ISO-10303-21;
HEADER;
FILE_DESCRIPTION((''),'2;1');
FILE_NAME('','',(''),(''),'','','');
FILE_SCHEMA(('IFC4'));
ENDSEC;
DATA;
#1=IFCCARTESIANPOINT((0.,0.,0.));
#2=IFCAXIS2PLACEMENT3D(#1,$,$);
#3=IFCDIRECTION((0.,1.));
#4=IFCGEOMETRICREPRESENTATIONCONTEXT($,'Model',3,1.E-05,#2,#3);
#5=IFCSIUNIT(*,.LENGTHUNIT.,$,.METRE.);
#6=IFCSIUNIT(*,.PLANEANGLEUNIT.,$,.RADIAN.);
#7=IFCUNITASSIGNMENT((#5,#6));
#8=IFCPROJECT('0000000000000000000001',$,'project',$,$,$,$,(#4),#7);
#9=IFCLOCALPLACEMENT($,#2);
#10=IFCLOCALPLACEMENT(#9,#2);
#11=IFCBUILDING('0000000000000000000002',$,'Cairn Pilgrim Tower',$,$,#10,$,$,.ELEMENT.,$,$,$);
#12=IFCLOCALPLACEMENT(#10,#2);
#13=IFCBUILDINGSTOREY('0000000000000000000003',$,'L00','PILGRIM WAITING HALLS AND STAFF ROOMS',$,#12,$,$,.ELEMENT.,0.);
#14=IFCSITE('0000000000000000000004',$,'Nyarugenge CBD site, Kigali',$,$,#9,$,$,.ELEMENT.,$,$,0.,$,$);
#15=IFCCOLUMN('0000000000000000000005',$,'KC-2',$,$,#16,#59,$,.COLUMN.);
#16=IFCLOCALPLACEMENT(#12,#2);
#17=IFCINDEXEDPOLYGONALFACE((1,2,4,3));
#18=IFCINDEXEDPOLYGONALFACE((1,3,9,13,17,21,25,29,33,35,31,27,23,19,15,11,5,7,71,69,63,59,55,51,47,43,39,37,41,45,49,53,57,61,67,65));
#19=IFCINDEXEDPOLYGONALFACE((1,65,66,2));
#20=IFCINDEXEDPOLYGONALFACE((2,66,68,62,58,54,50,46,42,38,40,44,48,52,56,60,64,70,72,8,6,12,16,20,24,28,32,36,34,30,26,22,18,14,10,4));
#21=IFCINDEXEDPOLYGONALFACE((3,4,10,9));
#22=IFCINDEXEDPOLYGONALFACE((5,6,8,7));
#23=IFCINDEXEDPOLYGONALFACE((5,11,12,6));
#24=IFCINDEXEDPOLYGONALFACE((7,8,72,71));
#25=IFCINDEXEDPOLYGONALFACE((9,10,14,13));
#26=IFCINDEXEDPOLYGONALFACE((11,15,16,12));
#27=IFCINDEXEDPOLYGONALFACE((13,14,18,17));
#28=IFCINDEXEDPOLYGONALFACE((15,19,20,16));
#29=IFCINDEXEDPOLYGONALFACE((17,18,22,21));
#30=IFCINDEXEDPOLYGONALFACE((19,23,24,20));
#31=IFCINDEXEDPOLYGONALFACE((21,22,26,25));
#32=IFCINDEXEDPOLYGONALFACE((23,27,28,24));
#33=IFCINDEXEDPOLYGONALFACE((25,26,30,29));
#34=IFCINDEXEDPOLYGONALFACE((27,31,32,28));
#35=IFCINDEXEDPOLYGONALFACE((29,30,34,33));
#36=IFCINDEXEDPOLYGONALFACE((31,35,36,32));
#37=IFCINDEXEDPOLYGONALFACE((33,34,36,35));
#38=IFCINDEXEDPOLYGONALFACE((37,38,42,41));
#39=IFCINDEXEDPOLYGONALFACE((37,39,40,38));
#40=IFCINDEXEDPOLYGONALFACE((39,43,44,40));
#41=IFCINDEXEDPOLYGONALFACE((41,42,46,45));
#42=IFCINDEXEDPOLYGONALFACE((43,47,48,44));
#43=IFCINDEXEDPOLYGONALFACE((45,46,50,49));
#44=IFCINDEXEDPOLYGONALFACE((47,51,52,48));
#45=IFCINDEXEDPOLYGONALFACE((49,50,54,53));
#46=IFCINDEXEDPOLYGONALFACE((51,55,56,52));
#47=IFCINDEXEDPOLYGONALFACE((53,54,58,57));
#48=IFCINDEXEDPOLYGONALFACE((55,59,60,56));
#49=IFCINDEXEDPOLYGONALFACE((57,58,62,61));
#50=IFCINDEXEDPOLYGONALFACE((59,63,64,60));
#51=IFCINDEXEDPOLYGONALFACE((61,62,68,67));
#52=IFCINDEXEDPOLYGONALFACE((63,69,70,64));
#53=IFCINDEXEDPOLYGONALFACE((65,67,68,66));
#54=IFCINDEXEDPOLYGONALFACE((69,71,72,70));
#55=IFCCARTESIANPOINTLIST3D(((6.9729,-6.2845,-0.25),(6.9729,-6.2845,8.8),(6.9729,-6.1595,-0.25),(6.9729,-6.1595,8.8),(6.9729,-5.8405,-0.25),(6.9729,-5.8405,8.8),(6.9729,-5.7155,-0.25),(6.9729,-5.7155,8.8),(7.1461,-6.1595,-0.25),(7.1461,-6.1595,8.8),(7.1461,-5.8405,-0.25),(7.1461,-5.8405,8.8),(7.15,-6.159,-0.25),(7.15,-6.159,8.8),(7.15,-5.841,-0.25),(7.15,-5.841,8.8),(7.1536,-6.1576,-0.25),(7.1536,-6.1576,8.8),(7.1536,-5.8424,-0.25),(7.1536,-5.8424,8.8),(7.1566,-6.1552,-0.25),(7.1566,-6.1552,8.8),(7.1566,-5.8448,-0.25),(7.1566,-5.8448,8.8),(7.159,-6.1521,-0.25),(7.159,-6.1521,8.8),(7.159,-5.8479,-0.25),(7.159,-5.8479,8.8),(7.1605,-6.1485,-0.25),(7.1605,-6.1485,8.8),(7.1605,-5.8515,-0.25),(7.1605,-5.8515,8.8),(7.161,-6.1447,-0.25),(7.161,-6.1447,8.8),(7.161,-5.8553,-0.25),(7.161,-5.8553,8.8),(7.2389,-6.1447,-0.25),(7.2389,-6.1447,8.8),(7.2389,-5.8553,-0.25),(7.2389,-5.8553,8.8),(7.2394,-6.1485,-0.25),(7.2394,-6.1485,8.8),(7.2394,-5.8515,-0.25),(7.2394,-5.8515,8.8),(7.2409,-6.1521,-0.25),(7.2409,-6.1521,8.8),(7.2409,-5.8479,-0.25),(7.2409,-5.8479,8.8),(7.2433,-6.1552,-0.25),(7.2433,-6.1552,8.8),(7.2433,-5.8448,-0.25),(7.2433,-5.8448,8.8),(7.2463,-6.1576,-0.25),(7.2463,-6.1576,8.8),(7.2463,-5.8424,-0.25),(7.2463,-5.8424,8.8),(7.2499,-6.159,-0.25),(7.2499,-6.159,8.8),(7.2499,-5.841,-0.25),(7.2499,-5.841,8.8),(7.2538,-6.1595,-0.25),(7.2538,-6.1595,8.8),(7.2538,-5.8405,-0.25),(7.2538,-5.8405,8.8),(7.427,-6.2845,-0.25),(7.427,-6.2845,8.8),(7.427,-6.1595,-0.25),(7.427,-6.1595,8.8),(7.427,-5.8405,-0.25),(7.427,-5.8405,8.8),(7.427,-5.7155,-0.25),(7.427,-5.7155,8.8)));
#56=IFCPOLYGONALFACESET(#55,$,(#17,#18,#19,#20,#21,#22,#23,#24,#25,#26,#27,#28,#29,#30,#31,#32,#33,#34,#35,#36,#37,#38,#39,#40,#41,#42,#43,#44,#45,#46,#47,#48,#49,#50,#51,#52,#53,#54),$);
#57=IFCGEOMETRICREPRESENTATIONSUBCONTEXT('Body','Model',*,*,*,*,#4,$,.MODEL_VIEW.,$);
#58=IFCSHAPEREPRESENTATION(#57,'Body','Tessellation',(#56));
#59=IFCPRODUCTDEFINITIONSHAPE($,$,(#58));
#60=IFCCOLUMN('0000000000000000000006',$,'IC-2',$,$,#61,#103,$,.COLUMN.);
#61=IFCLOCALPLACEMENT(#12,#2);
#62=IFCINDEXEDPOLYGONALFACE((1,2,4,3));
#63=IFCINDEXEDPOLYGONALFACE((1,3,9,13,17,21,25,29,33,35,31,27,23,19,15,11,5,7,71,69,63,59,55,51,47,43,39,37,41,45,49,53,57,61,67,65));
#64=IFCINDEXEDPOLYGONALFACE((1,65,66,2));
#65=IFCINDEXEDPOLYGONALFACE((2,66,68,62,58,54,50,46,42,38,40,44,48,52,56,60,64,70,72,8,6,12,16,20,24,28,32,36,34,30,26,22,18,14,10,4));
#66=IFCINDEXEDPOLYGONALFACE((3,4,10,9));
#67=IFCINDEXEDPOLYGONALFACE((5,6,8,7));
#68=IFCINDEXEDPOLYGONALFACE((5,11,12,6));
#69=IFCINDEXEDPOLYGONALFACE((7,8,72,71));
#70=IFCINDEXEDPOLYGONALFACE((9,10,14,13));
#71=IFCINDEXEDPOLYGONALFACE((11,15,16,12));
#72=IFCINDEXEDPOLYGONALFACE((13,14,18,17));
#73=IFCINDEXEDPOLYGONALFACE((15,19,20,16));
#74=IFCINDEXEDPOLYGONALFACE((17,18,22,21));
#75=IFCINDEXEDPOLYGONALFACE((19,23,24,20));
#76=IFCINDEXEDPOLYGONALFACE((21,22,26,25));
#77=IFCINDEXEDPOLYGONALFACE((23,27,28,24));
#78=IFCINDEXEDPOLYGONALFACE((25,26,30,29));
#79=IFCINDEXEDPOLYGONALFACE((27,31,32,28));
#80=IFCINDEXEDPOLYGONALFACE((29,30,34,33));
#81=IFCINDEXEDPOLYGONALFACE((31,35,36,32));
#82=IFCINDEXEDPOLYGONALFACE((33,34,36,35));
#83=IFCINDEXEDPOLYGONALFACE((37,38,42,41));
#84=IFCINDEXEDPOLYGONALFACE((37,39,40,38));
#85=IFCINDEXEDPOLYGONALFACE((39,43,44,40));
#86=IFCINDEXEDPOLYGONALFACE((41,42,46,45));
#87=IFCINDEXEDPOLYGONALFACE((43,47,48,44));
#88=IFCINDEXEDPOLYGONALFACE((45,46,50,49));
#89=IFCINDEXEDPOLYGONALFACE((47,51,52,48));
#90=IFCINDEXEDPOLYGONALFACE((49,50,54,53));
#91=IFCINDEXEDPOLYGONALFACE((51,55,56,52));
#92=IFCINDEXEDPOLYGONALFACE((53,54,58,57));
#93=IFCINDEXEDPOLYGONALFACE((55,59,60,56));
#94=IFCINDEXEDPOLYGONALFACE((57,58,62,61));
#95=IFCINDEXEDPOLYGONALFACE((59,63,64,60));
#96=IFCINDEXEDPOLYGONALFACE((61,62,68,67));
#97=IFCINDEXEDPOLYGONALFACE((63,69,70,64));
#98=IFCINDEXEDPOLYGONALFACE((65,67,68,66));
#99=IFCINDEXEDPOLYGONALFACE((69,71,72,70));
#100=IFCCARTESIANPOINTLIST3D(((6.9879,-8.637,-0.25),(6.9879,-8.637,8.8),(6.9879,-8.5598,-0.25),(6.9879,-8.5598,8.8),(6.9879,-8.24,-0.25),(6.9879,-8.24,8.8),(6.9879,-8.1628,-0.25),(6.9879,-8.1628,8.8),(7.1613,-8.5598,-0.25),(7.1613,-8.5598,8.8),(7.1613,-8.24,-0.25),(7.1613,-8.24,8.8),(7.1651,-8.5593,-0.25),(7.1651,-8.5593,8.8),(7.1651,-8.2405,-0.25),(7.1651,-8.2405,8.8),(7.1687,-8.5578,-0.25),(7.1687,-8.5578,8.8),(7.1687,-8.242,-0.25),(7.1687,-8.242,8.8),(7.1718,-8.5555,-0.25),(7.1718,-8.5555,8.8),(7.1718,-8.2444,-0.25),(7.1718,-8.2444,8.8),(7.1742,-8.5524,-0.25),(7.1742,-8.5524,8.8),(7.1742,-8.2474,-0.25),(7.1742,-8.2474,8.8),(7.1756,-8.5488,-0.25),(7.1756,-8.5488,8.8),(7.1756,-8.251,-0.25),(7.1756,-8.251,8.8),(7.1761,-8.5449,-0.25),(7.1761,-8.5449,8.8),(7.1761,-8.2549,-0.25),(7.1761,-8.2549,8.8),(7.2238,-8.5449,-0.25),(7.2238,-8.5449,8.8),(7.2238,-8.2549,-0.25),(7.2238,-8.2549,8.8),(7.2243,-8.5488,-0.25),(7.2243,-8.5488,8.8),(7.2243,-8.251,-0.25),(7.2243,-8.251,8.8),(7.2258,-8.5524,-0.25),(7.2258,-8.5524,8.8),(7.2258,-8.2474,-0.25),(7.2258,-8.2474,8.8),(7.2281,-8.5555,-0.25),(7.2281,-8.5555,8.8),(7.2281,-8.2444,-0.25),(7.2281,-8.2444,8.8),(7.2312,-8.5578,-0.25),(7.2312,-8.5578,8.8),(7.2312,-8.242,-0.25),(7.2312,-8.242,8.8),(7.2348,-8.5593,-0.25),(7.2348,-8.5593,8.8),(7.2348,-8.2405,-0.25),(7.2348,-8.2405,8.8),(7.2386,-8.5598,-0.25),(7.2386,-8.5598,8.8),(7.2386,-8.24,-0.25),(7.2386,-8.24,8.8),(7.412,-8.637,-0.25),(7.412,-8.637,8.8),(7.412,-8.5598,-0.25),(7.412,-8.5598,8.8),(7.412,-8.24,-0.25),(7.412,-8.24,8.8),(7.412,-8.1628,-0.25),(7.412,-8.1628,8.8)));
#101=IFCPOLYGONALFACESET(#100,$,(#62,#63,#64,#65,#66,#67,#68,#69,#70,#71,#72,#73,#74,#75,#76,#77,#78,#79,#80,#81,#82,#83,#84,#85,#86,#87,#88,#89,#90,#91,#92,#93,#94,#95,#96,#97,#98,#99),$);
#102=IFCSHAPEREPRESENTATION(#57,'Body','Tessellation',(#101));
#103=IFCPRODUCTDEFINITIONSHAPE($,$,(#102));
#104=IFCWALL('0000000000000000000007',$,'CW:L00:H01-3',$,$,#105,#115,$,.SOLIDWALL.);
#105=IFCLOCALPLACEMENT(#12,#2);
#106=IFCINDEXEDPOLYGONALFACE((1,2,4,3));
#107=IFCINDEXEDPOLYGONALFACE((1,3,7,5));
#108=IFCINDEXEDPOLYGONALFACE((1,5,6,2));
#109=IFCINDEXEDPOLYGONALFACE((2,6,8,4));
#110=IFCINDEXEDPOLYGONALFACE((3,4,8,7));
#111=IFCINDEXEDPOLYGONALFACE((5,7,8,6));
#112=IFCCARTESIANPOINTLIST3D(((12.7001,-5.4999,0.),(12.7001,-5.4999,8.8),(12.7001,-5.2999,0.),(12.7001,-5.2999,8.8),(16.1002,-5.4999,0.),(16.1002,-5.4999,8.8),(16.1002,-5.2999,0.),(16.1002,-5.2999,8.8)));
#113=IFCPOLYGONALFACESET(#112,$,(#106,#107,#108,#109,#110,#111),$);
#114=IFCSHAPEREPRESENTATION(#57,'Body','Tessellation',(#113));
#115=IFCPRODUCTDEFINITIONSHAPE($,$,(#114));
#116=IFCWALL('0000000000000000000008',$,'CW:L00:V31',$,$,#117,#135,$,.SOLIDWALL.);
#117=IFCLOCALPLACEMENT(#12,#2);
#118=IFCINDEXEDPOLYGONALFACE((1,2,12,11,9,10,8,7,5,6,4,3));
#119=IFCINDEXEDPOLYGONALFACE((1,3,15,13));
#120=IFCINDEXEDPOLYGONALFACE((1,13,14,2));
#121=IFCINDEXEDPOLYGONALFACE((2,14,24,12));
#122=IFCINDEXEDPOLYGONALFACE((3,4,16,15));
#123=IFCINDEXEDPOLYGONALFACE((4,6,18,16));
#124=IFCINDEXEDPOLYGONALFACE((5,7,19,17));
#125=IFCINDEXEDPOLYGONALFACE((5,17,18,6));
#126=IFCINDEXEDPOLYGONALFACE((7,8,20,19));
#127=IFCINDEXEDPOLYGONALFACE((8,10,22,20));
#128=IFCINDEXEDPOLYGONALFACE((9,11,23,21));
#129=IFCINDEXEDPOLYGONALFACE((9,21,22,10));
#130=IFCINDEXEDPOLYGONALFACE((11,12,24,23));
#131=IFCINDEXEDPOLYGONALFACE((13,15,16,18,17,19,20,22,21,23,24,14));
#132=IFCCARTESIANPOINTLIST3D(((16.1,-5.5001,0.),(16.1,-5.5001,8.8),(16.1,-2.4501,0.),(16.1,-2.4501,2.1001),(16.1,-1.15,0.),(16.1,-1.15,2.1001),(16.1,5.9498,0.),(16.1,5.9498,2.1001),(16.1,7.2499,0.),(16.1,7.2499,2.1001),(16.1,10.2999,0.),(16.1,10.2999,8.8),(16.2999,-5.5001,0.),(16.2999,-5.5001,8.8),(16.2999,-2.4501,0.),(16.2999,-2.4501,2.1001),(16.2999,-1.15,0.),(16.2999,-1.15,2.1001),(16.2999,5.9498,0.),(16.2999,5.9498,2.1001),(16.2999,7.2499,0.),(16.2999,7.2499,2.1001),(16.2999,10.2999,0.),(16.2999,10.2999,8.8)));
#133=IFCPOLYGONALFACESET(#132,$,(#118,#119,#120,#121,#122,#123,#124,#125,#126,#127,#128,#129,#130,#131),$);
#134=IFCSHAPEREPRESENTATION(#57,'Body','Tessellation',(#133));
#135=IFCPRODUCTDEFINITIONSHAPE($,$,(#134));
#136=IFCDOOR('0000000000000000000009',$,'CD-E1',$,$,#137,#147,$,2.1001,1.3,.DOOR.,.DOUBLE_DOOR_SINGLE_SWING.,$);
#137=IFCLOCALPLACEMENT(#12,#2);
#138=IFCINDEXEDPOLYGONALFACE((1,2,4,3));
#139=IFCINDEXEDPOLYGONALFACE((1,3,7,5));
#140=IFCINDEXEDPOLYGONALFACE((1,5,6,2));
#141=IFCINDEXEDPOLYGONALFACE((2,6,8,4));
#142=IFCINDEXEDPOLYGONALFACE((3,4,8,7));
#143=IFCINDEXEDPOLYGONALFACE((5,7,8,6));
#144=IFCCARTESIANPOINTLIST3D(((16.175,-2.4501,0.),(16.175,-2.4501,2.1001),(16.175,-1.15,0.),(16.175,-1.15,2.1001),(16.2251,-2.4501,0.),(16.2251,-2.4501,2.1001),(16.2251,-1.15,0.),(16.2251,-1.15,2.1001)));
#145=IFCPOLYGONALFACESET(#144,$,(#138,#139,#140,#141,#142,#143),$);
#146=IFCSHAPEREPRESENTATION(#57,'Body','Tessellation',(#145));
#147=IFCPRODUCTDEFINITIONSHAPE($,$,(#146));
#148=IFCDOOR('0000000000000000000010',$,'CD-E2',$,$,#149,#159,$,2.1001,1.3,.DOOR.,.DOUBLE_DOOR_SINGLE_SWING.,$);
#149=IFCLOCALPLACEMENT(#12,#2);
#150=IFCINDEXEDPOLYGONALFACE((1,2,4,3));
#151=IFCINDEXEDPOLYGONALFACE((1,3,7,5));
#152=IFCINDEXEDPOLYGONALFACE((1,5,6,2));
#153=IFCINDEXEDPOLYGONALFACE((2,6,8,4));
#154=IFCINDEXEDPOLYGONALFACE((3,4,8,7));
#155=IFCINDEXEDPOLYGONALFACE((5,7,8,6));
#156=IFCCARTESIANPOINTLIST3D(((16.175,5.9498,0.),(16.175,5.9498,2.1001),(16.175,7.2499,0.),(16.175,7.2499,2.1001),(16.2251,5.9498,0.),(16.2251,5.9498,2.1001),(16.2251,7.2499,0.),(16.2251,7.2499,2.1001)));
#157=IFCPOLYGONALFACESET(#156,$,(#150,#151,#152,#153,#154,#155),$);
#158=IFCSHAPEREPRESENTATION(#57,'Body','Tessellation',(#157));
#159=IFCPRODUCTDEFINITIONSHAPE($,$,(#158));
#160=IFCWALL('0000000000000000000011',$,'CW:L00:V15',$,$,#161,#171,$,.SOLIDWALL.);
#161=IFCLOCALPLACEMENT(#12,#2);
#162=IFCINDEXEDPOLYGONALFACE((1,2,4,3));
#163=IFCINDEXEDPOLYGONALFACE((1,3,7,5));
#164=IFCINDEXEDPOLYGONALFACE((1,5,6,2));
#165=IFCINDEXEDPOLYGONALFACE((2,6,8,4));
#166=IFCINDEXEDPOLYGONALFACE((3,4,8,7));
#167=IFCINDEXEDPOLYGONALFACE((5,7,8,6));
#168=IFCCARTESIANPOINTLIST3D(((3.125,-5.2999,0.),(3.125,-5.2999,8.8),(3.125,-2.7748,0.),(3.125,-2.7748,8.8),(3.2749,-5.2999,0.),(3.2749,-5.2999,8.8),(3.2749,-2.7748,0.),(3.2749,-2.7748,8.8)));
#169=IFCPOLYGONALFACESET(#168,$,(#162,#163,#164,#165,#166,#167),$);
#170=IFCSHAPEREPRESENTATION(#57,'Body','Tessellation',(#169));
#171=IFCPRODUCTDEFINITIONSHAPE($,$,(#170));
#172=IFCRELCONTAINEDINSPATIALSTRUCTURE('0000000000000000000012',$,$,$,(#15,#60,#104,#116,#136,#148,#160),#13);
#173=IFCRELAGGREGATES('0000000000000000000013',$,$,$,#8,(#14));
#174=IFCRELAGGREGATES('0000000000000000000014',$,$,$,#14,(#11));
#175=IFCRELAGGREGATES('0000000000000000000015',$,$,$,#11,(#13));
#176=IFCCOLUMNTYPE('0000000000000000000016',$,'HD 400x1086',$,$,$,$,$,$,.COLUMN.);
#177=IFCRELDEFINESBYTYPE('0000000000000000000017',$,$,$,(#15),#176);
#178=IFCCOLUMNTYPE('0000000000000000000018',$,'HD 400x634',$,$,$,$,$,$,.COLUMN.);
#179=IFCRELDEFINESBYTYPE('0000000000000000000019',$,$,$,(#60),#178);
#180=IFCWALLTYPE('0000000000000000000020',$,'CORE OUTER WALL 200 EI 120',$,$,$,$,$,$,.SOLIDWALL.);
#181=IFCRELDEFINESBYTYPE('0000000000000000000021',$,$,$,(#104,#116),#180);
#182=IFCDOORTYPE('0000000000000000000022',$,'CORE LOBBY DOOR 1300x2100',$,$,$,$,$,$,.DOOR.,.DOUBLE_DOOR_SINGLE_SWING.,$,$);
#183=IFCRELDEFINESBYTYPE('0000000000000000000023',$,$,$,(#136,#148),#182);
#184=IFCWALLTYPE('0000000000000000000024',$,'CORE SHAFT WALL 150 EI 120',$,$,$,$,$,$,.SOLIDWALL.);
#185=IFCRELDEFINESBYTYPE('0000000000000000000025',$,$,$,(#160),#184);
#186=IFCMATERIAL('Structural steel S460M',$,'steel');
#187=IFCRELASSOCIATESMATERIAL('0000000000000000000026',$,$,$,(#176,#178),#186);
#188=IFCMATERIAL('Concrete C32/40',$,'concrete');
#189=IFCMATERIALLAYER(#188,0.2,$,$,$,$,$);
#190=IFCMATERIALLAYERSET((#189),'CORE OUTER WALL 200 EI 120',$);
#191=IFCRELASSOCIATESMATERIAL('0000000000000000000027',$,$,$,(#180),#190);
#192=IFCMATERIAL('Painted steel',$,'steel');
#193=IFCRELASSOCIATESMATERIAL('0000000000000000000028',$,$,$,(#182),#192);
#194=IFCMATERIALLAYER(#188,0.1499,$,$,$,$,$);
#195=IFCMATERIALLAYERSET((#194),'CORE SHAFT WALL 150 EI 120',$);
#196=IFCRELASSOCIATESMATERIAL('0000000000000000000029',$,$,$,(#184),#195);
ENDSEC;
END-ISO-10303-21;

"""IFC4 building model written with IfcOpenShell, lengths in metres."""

from ifc_helpers import new_model, si_unit, direction, frame, frame_2d, origin, origin_2d, place, context, subcontext, project, spatial, rectangle, i_section, extrude, material, layer, layer_set, material_profile, profile_set, type_object, element, fill, save


model = new_model("IFC4")

# Units and contexts
model_context = context("Model", 3, precision=1e-05, world=origin(), true_north=direction((0.0, 1.0)))
body_context = subcontext(model_context, "Body", "Model", "MODEL_VIEW")
ifc_project = project(units=[si_unit("LENGTHUNIT", "METRE"), si_unit("PLANEANGLEUNIT", "RADIAN")], contexts=[model_context])

# Site, building, storey
site_placement = place(None, origin())
site = spatial("IfcSite", under=ifc_project, at=site_placement, Name="Nyarugenge CBD site, Kigali", CompositionType="ELEMENT", RefElevation=0.0)
building_placement = place(site_placement, origin())
building = spatial("IfcBuilding", under=site, at=building_placement, Name="Cairn Pilgrim Tower", CompositionType="ELEMENT")
storey_placement = place(building_placement, origin())
storey = spatial("IfcBuildingStorey", under=building, at=storey_placement, Name="L00", Description="PILGRIM WAITING HALLS AND STAFF ROOMS", CompositionType="ELEMENT", Elevation=0.0)

# Columns
ifc_material_1 = material(Name="Structural steel S460M", Category="steel")
ifc_material_profile_1 = material_profile(ifc_material_1, i_section(OverallWidth=0.4541, OverallDepth=0.5691, WebThickness=0.0779, FlangeThickness=0.125, FilletRadius=0.0149, at=origin_2d()), Name="HD 400x1086")
ifc_profile_set_1 = profile_set([ifc_material_profile_1], Name="Structural steel S460M")
column_type_1 = type_object("IfcColumnType", Name="HD 400x1086", PredefinedType="COLUMN", material=ifc_profile_set_1)
column_1_placement = place(storey_placement, frame((7.2, -6.0, -0.25), z_axis=(0.0, 0.0, 1.0), x_axis=(1.0, 0.0, 0.0)))
element("IfcColumn", 1, at=column_1_placement, inside=storey, type_object=column_type_1, Name="KC-2", PredefinedType="COLUMN", context=body_context, shape_type="SweptSolid", body=[
    extrude(i_section(OverallWidth=0.4541, OverallDepth=0.5691, WebThickness=0.0779, FlangeThickness=0.125, FilletRadius=0.0149, at=origin_2d()), origin(), (0.0, 0.0, 1.0), 9.05),
])
ifc_material_profile_2 = material_profile(ifc_material_1, i_section(OverallWidth=0.4241, OverallDepth=0.4741, WebThickness=0.0476, FlangeThickness=0.0771, FilletRadius=0.0149, at=origin_2d()), Name="HD 400x634")
ifc_profile_set_2 = profile_set([ifc_material_profile_2], Name="Structural steel S460M")
column_type_2 = type_object("IfcColumnType", Name="HD 400x634", PredefinedType="COLUMN", material=ifc_profile_set_2)
column_2_placement = place(storey_placement, frame((7.2, -8.3999, -0.25), z_axis=(0.0, 0.0, 1.0), x_axis=(1.0, 0.0, 0.0)))
element("IfcColumn", 2, at=column_2_placement, inside=storey, type_object=column_type_2, Name="IC-2", PredefinedType="COLUMN", context=body_context, shape_type="SweptSolid", body=[
    extrude(i_section(OverallWidth=0.4241, OverallDepth=0.4741, WebThickness=0.0476, FlangeThickness=0.0771, FilletRadius=0.0149, at=origin_2d()), origin(), (0.0, 0.0, 1.0), 9.05),
])

# Wall
ifc_material_2 = material(Name="Concrete C32/40", Category="concrete")
ifc_layer_1 = layer(ifc_material_2, 0.2)
ifc_layer_set_1 = layer_set([ifc_layer_1], Name="CORE OUTER WALL 200 EI 120")
wall_type_1 = type_object("IfcWallType", Name="CORE OUTER WALL 200 EI 120", PredefinedType="SOLIDWALL", material=ifc_layer_set_1)
wall_1_placement = place(storey_placement, frame((12.7, -5.3999, 0.0), z_axis=(0.0, 0.0, 1.0), x_axis=(1.0, 0.0, 0.0)))
element("IfcWall", 3, at=wall_1_placement, inside=storey, type_object=wall_type_1, Name="CW:L00:H01-3", PredefinedType="SOLIDWALL", context=body_context, shape_type="SweptSolid", body=[
    extrude(rectangle(XDim=3.4001, YDim=0.2, at=frame_2d((1.7002, 0.0))), origin(), (0.0, 0.0, 1.0), 8.8),
])

# Wall, openings, doors
wall_2_placement = place(storey_placement, frame((16.2, -5.5, 0.0), z_axis=(0.0, 0.0, 1.0), x_axis=(0.0, 1.0, 0.0)))
wall_2 = element("IfcWall", 4, at=wall_2_placement, inside=storey, type_object=wall_type_1, Name="CW:L00:V31", PredefinedType="SOLIDWALL", context=body_context, shape_type="SweptSolid", body=[
    extrude(rectangle(XDim=15.8, YDim=0.2, at=frame_2d((7.8999, 0.0))), origin(), (0.0, 0.0, 1.0), 8.8),
])
opening_1_placement = place(wall_2_placement, frame((3.05, 0.0, 0.0)))
opening_1 = element("IfcOpeningElement", 5, at=opening_1_placement, cuts=wall_2, PredefinedType="OPENING", context=body_context, shape_type="SweptSolid", body=[
    extrude(rectangle(XDim=1.3, YDim=2.1001, at=frame_2d((0.6499, 1.05))), frame((0.0, 0.1099, 0.0), z_axis=(0.0, -1.0, 0.0), x_axis=(1.0, 0.0, 0.0)), (0.0, 0.0, 1.0), 0.22),
])
opening_2_placement = place(wall_2_placement, frame((11.45, 0.0, 0.0)))
opening_2 = element("IfcOpeningElement", 6, at=opening_2_placement, cuts=wall_2, PredefinedType="OPENING", context=body_context, shape_type="SweptSolid", body=[
    extrude(rectangle(XDim=1.3, YDim=2.1001, at=frame_2d((0.6499, 1.05))), frame((0.0, 0.1099, 0.0), z_axis=(0.0, -1.0, 0.0), x_axis=(1.0, 0.0, 0.0)), (0.0, 0.0, 1.0), 0.22),
])
ifc_material_3 = material(Name="Painted steel", Category="steel")
door_type_1 = type_object("IfcDoorType", Name="CORE LOBBY DOOR 1300x2100", OperationType="DOUBLE_DOOR_SINGLE_SWING", PredefinedType="DOOR", material=ifc_material_3)
door_1_placement = place(opening_1_placement, origin())
door_1 = element("IfcDoor", 7, at=door_1_placement, inside=storey, type_object=door_type_1, Name="CD-E1", OperationType="DOUBLE_DOOR_SINGLE_SWING", OverallHeight=2.1001, OverallWidth=1.3, PredefinedType="DOOR", context=body_context, shape_type="SweptSolid", body=[
    extrude(rectangle(XDim=1.3, YDim=2.1001, at=frame_2d((0.6499, 1.05))), frame((0.0, 0.0249, 0.0), z_axis=(0.0, -1.0, 0.0), x_axis=(1.0, 0.0, 0.0)), (0.0, 0.0, 1.0), 0.05),
])
fill(opening_1, door_1)
door_2_placement = place(opening_2_placement, origin())
door_2 = element("IfcDoor", 8, at=door_2_placement, inside=storey, type_object=door_type_1, Name="CD-E2", OperationType="DOUBLE_DOOR_SINGLE_SWING", OverallHeight=2.1001, OverallWidth=1.3, PredefinedType="DOOR", context=body_context, shape_type="SweptSolid", body=[
    extrude(rectangle(XDim=1.3, YDim=2.1001, at=frame_2d((0.6499, 1.05))), frame((0.0, 0.0249, 0.0), z_axis=(0.0, -1.0, 0.0), x_axis=(1.0, 0.0, 0.0)), (0.0, 0.0, 1.0), 0.05),
])
fill(opening_2, door_2)

# Wall
ifc_layer_2 = layer(ifc_material_2, 0.1499)
ifc_layer_set_2 = layer_set([ifc_layer_2], Name="CORE SHAFT WALL 150 EI 120")
wall_type_2 = type_object("IfcWallType", Name="CORE SHAFT WALL 150 EI 120", PredefinedType="SOLIDWALL", material=ifc_layer_set_2)
wall_3_placement = place(storey_placement, frame((3.2, -5.3, 0.0), z_axis=(0.0, 0.0, 1.0), x_axis=(0.0, 1.0, 0.0)))
element("IfcWall", 9, at=wall_3_placement, inside=storey, type_object=wall_type_2, Name="CW:L00:V15", PredefinedType="SOLIDWALL", context=body_context, shape_type="SweptSolid", body=[
    extrude(rectangle(XDim=2.5251, YDim=0.1499, at=frame_2d((1.2627, 0.0))), origin(), (0.0, 0.0, 1.0), 8.8),
])

save(model, "model.ifc")
